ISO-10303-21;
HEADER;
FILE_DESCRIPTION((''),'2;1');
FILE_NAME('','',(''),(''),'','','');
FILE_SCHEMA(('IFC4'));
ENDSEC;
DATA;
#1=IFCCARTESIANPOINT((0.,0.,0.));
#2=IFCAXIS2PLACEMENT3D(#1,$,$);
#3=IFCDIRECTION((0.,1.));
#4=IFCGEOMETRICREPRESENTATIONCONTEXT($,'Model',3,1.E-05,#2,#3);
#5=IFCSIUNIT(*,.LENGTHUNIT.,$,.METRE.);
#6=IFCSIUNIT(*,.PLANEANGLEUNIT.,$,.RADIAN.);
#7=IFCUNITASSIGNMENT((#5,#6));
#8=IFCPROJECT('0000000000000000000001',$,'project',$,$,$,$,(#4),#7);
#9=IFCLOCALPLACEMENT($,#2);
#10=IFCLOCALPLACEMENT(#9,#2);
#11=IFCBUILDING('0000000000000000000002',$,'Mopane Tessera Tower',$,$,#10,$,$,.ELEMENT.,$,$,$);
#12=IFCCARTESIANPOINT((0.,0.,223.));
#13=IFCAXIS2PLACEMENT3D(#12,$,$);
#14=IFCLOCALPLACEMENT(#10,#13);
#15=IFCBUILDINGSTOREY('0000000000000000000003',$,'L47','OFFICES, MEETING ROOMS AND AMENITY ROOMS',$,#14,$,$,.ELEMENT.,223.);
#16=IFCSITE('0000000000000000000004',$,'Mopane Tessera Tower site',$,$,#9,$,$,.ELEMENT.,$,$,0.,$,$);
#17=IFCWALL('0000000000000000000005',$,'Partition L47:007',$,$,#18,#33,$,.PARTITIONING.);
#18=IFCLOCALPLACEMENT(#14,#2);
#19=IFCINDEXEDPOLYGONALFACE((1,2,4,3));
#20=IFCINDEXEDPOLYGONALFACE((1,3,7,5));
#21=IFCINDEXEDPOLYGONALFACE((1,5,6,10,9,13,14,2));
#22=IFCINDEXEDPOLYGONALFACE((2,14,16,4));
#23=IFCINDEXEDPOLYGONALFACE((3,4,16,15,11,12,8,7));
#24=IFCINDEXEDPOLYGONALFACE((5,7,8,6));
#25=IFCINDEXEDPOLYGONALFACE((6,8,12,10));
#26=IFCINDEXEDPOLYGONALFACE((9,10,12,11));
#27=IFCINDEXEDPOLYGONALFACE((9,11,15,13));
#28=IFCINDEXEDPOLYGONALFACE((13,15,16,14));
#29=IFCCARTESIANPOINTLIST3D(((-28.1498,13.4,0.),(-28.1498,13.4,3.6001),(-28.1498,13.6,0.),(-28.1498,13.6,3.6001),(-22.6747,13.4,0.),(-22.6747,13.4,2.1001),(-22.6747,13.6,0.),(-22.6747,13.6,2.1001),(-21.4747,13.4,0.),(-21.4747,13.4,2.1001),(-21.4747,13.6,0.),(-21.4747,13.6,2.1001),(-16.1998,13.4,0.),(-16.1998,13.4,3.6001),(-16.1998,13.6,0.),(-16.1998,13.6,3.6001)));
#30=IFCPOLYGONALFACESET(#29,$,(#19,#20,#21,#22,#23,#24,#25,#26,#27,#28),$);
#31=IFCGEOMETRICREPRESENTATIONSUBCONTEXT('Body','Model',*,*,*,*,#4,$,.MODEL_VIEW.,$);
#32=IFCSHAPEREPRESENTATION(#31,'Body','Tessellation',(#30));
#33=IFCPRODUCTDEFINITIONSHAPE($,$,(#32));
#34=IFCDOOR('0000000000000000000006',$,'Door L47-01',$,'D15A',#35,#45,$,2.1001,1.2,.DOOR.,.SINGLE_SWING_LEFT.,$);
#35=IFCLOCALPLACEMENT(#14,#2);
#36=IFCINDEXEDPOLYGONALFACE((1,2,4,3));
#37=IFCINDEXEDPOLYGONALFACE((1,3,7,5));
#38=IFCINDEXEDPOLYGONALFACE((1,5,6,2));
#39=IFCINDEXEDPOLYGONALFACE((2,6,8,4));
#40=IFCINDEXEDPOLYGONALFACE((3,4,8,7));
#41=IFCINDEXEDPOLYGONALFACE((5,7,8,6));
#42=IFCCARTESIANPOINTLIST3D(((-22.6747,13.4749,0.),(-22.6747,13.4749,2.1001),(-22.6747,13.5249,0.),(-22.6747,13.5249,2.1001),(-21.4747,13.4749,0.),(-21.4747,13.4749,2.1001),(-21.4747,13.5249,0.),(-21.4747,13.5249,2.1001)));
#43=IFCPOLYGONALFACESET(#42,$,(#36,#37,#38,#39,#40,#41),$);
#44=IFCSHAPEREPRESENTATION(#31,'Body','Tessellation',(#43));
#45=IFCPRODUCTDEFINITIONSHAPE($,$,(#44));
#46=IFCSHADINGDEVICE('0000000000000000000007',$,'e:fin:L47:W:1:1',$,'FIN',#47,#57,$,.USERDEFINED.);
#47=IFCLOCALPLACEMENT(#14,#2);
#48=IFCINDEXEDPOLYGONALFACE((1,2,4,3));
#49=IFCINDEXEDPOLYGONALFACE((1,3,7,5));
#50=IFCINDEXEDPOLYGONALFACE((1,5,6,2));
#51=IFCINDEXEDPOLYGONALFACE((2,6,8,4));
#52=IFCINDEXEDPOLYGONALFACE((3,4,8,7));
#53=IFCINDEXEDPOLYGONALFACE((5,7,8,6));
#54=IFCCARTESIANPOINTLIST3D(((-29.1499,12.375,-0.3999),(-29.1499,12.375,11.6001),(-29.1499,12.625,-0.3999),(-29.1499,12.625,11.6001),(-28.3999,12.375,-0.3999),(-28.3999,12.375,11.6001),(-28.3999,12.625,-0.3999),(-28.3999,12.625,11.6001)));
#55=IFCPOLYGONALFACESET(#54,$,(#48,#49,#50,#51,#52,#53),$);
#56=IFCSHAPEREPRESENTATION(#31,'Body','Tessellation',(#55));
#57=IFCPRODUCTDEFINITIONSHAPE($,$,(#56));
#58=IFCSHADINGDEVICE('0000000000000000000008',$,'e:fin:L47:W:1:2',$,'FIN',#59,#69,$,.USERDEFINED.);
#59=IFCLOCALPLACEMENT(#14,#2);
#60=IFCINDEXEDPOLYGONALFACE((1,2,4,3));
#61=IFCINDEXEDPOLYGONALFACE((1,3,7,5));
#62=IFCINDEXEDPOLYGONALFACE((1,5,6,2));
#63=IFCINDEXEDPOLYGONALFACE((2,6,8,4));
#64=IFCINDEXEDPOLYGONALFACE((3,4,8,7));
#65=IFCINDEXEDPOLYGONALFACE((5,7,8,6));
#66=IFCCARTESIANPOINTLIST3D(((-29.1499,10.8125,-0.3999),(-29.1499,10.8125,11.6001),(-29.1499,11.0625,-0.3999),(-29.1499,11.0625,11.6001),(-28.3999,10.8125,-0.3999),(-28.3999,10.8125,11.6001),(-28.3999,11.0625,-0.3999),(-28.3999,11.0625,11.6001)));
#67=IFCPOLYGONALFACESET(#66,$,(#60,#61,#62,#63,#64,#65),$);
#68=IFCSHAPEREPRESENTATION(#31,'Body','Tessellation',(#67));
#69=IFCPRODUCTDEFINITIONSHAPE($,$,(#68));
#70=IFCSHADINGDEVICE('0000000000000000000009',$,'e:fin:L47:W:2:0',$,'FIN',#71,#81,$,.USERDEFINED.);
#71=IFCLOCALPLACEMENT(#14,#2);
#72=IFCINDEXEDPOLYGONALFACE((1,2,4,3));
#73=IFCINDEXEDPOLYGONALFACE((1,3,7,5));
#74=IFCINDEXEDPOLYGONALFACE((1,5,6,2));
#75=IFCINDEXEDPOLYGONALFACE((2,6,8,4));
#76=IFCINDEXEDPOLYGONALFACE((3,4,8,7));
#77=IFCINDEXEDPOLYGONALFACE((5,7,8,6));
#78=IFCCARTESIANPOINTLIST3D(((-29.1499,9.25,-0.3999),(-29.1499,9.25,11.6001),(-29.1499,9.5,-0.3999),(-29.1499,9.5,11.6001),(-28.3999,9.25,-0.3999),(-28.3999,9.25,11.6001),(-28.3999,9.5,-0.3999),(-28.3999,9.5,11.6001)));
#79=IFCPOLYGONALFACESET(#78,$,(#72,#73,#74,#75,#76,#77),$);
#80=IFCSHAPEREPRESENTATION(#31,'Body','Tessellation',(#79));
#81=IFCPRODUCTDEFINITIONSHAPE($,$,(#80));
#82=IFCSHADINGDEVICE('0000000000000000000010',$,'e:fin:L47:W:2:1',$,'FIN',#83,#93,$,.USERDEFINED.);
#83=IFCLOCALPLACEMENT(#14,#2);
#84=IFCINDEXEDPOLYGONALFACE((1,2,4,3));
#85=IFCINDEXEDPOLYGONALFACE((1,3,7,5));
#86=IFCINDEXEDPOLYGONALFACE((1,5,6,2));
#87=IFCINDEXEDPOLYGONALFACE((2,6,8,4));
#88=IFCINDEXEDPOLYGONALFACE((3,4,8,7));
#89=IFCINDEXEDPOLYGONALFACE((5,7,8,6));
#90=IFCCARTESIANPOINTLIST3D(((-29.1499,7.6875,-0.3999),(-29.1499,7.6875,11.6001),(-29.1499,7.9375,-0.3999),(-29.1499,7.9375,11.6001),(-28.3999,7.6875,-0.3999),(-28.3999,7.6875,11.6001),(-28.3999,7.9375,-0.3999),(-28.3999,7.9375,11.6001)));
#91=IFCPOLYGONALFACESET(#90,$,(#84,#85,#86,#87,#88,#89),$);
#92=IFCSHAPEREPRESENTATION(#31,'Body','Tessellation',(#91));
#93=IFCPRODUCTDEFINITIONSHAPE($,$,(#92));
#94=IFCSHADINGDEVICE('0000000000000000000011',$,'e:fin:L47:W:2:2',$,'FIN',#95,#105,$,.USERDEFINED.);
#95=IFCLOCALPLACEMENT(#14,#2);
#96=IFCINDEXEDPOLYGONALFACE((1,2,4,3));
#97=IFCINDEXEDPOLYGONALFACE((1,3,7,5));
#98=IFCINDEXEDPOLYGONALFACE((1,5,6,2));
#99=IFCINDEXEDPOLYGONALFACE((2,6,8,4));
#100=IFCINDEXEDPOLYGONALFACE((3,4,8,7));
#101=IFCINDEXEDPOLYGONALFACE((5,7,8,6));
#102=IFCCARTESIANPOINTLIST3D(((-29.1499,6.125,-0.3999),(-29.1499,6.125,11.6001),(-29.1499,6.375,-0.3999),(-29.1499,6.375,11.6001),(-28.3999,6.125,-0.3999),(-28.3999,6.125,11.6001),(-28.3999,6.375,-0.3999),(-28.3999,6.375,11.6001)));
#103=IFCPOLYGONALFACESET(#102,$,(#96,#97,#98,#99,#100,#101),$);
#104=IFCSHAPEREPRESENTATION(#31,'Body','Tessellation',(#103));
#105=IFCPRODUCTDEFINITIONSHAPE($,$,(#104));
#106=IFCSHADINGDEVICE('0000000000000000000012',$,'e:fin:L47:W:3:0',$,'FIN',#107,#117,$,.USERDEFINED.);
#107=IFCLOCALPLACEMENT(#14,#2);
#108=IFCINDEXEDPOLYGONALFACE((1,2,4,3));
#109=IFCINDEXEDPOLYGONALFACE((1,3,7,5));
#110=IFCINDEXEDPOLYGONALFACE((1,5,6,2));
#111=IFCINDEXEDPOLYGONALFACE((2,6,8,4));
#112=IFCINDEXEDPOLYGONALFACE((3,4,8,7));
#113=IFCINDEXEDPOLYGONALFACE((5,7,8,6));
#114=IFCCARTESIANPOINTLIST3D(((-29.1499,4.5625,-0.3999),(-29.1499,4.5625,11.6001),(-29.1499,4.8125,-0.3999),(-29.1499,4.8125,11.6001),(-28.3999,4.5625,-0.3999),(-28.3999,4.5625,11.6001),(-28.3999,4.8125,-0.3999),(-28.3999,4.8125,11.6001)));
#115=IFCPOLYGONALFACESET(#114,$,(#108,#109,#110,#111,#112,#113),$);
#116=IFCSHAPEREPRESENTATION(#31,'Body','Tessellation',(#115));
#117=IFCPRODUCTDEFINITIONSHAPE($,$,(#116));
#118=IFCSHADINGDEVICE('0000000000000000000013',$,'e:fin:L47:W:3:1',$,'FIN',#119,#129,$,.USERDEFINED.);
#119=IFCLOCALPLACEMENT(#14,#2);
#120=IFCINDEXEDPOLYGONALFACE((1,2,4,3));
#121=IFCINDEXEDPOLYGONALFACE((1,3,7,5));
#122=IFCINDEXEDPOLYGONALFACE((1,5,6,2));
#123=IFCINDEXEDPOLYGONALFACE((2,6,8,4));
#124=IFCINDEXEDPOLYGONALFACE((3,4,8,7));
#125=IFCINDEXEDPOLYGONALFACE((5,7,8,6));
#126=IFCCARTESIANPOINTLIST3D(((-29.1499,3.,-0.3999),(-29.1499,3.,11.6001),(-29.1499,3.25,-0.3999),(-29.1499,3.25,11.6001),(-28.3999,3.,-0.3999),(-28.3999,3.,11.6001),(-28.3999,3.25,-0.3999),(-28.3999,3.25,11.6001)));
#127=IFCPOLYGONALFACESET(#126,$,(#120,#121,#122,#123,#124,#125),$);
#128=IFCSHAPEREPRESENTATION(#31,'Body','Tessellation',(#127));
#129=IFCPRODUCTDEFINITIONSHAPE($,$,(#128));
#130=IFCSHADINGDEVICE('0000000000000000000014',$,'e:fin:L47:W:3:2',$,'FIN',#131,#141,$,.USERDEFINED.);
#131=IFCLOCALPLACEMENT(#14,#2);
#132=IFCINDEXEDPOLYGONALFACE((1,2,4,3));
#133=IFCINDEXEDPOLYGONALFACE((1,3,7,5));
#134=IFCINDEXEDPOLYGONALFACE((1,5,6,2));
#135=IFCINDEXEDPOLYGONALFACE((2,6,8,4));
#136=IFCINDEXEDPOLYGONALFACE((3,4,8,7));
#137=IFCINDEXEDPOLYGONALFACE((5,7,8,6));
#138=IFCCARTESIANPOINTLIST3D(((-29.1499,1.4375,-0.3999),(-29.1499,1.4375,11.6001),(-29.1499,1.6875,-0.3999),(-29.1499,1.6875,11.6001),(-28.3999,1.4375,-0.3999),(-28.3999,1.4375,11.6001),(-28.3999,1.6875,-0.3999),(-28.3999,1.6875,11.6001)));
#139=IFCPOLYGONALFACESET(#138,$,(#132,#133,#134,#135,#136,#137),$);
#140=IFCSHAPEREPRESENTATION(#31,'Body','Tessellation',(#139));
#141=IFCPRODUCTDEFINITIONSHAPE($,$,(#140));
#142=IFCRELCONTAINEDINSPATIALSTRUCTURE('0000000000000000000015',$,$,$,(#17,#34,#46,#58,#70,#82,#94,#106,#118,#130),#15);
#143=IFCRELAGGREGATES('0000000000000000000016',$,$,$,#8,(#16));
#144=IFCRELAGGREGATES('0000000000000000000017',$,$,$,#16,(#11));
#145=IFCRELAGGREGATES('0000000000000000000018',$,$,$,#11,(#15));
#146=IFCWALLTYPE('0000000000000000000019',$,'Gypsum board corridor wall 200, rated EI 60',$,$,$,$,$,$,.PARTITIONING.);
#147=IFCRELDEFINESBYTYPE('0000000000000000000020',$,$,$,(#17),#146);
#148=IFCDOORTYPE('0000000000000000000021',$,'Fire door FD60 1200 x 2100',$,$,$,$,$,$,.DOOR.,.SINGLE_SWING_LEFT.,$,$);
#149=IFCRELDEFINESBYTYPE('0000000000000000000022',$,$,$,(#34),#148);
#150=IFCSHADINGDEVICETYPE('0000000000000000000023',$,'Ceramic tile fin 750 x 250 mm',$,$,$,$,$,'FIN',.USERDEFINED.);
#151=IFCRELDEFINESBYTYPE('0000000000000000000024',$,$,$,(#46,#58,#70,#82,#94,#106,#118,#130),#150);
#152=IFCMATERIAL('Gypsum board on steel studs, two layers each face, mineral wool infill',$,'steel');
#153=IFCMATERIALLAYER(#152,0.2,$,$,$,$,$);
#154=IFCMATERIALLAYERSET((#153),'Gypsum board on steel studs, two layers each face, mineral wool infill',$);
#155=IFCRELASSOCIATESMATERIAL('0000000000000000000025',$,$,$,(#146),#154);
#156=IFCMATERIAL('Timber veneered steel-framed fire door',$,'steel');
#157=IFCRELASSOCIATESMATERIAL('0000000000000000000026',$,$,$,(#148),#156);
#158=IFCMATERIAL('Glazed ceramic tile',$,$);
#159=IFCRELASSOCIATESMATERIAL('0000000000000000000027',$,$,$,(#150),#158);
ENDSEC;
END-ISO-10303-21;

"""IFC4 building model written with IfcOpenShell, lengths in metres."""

from ifc_helpers import new_model, si_unit, direction, frame, frame_2d, origin, origin_2d, place, context, subcontext, project, spatial, rectangle, extrude, material, layer, layer_set, type_object, element, fill, save


model = new_model("IFC4")

# Units and contexts
model_context = context("Model", 3, precision=1e-05, world=origin(), true_north=direction((0.0, 1.0)))
body_context = subcontext(model_context, "Body", "Model", "MODEL_VIEW")
ifc_project = project(units=[si_unit("LENGTHUNIT", "METRE"), si_unit("PLANEANGLEUNIT", "RADIAN")], contexts=[model_context])

# Site, building, storey
site_placement = place(None, origin())
site = spatial("IfcSite", under=ifc_project, at=site_placement, Name="Mopane Tessera Tower site", CompositionType="ELEMENT", RefElevation=0.0)
building_placement = place(site_placement, origin())
building = spatial("IfcBuilding", under=site, at=building_placement, Name="Mopane Tessera Tower", CompositionType="ELEMENT")
storey_placement = place(building_placement, frame((0.0, 0.0, 223.0)))
storey = spatial("IfcBuildingStorey", under=building, at=storey_placement, Name="L47", Description="OFFICES, MEETING ROOMS AND AMENITY ROOMS", CompositionType="ELEMENT", Elevation=223.0)

# Wall, opening, door
ifc_material_1 = material(Name="Gypsum board on steel studs, two layers each face, mineral wool infill", Category="steel")
ifc_layer_1 = layer(ifc_material_1, 0.2)
ifc_layer_set_1 = layer_set([ifc_layer_1], Name="Gypsum board on steel studs, two layers each face, mineral wool infill")
wall_type_1 = type_object("IfcWallType", Name="Gypsum board corridor wall 200, rated EI 60", PredefinedType="PARTITIONING", material=ifc_layer_set_1)
wall_placement = place(storey_placement, frame((-28.1499, 13.5, 0.0), z_axis=(0.0, 0.0, 1.0), x_axis=(1.0, 0.0, 0.0)))
wall = element("IfcWall", 1, at=wall_placement, inside=storey, type_object=wall_type_1, Name="Partition L47:007", PredefinedType="PARTITIONING", context=body_context, shape_type="SweptSolid", body=[
    extrude(rectangle(XDim=11.95, YDim=0.2, at=frame_2d((5.9751, 0.0))), origin(), (0.0, 0.0, 1.0), 3.6001),
])
opening_placement = place(wall_placement, frame((5.4751, 0.0, 0.0)))
opening = element("IfcOpeningElement", 2, at=opening_placement, cuts=wall, PredefinedType="OPENING", context=body_context, shape_type="SweptSolid", body=[
    extrude(rectangle(XDim=1.2, YDim=2.1001, at=frame_2d((0.6001, 1.05))), frame((0.0, 0.1121, 0.0), z_axis=(0.0, -1.0, 0.0), x_axis=(1.0, 0.0, 0.0)), (0.0, 0.0, 1.0), 0.2239),
])
ifc_material_2 = material(Name="Timber veneered steel-framed fire door", Category="steel")
door_type = type_object("IfcDoorType", Name="Fire door FD60 1200 x 2100", OperationType="SINGLE_SWING_LEFT", PredefinedType="DOOR", material=ifc_material_2)
door_placement = place(opening_placement, origin())
door = element("IfcDoor", 3, at=door_placement, inside=storey, type_object=door_type, Name="Door L47-01", ObjectType="D15A", OperationType="SINGLE_SWING_LEFT", OverallHeight=2.1001, OverallWidth=1.2, PredefinedType="DOOR", context=body_context, shape_type="SweptSolid", body=[
    extrude(rectangle(XDim=1.2, YDim=2.1001, at=frame_2d((0.6001, 1.05))), frame((0.0, 0.0249, 0.0), z_axis=(0.0, -1.0, 0.0), x_axis=(1.0, 0.0, 0.0)), (0.0, 0.0, 1.0), 0.05),
])
fill(opening, door)

# Shading devices
ifc_material_3 = material(Name="Glazed ceramic tile")
shading_device_type = type_object("IfcShadingDeviceType", Name="Ceramic tile fin 750 x 250 mm", ElementType="FIN", PredefinedType="USERDEFINED", material=ifc_material_3)
for number, where, z_axis, x_axis, name in (
    (4, (-28.7749, 12.5, -0.3999), (0.0, 0.0, 1.0), (0.0, -1.0, 0.0), "e:fin:L47:W:1:1"),
    (5, (-28.7749, 10.9375, -0.3999), (0.0, 0.0, 1.0), (0.0, -1.0, 0.0), "e:fin:L47:W:1:2"),
    (6, (-28.7749, 9.375, -0.3999), (0.0, 0.0, 1.0), (0.0, -1.0, 0.0), "e:fin:L47:W:2:0"),
    (7, (-28.7749, 7.8125, -0.3999), (0.0, 0.0, 1.0), (0.0, -1.0, 0.0), "e:fin:L47:W:2:1"),
    (8, (-28.7749, 6.25, -0.3999), (0.0, 0.0, 1.0), (0.0, -1.0, 0.0), "e:fin:L47:W:2:2"),
    (9, (-28.7749, 4.6875, -0.3999), (0.0, 0.0, 1.0), (0.0, -1.0, 0.0), "e:fin:L47:W:3:0"),
    (10, (-28.7749, 3.125, -0.3999), (0.0, 0.0, 1.0), (0.0, -1.0, 0.0), "e:fin:L47:W:3:1"),
    (11, (-28.7749, 1.5625, -0.3999), (0.0, 0.0, 1.0), (0.0, -1.0, 0.0), "e:fin:L47:W:3:2"),
):
    element("IfcShadingDevice", number, at=place(storey_placement, frame(where, z_axis=z_axis, x_axis=x_axis)), inside=storey, type_object=shading_device_type, Name=name, ObjectType="FIN", PredefinedType="USERDEFINED", context=body_context, shape_type="SweptSolid", body=[
        extrude(rectangle(XDim=0.25, YDim=0.75, at=origin_2d()), origin(), (0.0, 0.0, 1.0), 12.0),
    ])

save(model, "model.ifc")
